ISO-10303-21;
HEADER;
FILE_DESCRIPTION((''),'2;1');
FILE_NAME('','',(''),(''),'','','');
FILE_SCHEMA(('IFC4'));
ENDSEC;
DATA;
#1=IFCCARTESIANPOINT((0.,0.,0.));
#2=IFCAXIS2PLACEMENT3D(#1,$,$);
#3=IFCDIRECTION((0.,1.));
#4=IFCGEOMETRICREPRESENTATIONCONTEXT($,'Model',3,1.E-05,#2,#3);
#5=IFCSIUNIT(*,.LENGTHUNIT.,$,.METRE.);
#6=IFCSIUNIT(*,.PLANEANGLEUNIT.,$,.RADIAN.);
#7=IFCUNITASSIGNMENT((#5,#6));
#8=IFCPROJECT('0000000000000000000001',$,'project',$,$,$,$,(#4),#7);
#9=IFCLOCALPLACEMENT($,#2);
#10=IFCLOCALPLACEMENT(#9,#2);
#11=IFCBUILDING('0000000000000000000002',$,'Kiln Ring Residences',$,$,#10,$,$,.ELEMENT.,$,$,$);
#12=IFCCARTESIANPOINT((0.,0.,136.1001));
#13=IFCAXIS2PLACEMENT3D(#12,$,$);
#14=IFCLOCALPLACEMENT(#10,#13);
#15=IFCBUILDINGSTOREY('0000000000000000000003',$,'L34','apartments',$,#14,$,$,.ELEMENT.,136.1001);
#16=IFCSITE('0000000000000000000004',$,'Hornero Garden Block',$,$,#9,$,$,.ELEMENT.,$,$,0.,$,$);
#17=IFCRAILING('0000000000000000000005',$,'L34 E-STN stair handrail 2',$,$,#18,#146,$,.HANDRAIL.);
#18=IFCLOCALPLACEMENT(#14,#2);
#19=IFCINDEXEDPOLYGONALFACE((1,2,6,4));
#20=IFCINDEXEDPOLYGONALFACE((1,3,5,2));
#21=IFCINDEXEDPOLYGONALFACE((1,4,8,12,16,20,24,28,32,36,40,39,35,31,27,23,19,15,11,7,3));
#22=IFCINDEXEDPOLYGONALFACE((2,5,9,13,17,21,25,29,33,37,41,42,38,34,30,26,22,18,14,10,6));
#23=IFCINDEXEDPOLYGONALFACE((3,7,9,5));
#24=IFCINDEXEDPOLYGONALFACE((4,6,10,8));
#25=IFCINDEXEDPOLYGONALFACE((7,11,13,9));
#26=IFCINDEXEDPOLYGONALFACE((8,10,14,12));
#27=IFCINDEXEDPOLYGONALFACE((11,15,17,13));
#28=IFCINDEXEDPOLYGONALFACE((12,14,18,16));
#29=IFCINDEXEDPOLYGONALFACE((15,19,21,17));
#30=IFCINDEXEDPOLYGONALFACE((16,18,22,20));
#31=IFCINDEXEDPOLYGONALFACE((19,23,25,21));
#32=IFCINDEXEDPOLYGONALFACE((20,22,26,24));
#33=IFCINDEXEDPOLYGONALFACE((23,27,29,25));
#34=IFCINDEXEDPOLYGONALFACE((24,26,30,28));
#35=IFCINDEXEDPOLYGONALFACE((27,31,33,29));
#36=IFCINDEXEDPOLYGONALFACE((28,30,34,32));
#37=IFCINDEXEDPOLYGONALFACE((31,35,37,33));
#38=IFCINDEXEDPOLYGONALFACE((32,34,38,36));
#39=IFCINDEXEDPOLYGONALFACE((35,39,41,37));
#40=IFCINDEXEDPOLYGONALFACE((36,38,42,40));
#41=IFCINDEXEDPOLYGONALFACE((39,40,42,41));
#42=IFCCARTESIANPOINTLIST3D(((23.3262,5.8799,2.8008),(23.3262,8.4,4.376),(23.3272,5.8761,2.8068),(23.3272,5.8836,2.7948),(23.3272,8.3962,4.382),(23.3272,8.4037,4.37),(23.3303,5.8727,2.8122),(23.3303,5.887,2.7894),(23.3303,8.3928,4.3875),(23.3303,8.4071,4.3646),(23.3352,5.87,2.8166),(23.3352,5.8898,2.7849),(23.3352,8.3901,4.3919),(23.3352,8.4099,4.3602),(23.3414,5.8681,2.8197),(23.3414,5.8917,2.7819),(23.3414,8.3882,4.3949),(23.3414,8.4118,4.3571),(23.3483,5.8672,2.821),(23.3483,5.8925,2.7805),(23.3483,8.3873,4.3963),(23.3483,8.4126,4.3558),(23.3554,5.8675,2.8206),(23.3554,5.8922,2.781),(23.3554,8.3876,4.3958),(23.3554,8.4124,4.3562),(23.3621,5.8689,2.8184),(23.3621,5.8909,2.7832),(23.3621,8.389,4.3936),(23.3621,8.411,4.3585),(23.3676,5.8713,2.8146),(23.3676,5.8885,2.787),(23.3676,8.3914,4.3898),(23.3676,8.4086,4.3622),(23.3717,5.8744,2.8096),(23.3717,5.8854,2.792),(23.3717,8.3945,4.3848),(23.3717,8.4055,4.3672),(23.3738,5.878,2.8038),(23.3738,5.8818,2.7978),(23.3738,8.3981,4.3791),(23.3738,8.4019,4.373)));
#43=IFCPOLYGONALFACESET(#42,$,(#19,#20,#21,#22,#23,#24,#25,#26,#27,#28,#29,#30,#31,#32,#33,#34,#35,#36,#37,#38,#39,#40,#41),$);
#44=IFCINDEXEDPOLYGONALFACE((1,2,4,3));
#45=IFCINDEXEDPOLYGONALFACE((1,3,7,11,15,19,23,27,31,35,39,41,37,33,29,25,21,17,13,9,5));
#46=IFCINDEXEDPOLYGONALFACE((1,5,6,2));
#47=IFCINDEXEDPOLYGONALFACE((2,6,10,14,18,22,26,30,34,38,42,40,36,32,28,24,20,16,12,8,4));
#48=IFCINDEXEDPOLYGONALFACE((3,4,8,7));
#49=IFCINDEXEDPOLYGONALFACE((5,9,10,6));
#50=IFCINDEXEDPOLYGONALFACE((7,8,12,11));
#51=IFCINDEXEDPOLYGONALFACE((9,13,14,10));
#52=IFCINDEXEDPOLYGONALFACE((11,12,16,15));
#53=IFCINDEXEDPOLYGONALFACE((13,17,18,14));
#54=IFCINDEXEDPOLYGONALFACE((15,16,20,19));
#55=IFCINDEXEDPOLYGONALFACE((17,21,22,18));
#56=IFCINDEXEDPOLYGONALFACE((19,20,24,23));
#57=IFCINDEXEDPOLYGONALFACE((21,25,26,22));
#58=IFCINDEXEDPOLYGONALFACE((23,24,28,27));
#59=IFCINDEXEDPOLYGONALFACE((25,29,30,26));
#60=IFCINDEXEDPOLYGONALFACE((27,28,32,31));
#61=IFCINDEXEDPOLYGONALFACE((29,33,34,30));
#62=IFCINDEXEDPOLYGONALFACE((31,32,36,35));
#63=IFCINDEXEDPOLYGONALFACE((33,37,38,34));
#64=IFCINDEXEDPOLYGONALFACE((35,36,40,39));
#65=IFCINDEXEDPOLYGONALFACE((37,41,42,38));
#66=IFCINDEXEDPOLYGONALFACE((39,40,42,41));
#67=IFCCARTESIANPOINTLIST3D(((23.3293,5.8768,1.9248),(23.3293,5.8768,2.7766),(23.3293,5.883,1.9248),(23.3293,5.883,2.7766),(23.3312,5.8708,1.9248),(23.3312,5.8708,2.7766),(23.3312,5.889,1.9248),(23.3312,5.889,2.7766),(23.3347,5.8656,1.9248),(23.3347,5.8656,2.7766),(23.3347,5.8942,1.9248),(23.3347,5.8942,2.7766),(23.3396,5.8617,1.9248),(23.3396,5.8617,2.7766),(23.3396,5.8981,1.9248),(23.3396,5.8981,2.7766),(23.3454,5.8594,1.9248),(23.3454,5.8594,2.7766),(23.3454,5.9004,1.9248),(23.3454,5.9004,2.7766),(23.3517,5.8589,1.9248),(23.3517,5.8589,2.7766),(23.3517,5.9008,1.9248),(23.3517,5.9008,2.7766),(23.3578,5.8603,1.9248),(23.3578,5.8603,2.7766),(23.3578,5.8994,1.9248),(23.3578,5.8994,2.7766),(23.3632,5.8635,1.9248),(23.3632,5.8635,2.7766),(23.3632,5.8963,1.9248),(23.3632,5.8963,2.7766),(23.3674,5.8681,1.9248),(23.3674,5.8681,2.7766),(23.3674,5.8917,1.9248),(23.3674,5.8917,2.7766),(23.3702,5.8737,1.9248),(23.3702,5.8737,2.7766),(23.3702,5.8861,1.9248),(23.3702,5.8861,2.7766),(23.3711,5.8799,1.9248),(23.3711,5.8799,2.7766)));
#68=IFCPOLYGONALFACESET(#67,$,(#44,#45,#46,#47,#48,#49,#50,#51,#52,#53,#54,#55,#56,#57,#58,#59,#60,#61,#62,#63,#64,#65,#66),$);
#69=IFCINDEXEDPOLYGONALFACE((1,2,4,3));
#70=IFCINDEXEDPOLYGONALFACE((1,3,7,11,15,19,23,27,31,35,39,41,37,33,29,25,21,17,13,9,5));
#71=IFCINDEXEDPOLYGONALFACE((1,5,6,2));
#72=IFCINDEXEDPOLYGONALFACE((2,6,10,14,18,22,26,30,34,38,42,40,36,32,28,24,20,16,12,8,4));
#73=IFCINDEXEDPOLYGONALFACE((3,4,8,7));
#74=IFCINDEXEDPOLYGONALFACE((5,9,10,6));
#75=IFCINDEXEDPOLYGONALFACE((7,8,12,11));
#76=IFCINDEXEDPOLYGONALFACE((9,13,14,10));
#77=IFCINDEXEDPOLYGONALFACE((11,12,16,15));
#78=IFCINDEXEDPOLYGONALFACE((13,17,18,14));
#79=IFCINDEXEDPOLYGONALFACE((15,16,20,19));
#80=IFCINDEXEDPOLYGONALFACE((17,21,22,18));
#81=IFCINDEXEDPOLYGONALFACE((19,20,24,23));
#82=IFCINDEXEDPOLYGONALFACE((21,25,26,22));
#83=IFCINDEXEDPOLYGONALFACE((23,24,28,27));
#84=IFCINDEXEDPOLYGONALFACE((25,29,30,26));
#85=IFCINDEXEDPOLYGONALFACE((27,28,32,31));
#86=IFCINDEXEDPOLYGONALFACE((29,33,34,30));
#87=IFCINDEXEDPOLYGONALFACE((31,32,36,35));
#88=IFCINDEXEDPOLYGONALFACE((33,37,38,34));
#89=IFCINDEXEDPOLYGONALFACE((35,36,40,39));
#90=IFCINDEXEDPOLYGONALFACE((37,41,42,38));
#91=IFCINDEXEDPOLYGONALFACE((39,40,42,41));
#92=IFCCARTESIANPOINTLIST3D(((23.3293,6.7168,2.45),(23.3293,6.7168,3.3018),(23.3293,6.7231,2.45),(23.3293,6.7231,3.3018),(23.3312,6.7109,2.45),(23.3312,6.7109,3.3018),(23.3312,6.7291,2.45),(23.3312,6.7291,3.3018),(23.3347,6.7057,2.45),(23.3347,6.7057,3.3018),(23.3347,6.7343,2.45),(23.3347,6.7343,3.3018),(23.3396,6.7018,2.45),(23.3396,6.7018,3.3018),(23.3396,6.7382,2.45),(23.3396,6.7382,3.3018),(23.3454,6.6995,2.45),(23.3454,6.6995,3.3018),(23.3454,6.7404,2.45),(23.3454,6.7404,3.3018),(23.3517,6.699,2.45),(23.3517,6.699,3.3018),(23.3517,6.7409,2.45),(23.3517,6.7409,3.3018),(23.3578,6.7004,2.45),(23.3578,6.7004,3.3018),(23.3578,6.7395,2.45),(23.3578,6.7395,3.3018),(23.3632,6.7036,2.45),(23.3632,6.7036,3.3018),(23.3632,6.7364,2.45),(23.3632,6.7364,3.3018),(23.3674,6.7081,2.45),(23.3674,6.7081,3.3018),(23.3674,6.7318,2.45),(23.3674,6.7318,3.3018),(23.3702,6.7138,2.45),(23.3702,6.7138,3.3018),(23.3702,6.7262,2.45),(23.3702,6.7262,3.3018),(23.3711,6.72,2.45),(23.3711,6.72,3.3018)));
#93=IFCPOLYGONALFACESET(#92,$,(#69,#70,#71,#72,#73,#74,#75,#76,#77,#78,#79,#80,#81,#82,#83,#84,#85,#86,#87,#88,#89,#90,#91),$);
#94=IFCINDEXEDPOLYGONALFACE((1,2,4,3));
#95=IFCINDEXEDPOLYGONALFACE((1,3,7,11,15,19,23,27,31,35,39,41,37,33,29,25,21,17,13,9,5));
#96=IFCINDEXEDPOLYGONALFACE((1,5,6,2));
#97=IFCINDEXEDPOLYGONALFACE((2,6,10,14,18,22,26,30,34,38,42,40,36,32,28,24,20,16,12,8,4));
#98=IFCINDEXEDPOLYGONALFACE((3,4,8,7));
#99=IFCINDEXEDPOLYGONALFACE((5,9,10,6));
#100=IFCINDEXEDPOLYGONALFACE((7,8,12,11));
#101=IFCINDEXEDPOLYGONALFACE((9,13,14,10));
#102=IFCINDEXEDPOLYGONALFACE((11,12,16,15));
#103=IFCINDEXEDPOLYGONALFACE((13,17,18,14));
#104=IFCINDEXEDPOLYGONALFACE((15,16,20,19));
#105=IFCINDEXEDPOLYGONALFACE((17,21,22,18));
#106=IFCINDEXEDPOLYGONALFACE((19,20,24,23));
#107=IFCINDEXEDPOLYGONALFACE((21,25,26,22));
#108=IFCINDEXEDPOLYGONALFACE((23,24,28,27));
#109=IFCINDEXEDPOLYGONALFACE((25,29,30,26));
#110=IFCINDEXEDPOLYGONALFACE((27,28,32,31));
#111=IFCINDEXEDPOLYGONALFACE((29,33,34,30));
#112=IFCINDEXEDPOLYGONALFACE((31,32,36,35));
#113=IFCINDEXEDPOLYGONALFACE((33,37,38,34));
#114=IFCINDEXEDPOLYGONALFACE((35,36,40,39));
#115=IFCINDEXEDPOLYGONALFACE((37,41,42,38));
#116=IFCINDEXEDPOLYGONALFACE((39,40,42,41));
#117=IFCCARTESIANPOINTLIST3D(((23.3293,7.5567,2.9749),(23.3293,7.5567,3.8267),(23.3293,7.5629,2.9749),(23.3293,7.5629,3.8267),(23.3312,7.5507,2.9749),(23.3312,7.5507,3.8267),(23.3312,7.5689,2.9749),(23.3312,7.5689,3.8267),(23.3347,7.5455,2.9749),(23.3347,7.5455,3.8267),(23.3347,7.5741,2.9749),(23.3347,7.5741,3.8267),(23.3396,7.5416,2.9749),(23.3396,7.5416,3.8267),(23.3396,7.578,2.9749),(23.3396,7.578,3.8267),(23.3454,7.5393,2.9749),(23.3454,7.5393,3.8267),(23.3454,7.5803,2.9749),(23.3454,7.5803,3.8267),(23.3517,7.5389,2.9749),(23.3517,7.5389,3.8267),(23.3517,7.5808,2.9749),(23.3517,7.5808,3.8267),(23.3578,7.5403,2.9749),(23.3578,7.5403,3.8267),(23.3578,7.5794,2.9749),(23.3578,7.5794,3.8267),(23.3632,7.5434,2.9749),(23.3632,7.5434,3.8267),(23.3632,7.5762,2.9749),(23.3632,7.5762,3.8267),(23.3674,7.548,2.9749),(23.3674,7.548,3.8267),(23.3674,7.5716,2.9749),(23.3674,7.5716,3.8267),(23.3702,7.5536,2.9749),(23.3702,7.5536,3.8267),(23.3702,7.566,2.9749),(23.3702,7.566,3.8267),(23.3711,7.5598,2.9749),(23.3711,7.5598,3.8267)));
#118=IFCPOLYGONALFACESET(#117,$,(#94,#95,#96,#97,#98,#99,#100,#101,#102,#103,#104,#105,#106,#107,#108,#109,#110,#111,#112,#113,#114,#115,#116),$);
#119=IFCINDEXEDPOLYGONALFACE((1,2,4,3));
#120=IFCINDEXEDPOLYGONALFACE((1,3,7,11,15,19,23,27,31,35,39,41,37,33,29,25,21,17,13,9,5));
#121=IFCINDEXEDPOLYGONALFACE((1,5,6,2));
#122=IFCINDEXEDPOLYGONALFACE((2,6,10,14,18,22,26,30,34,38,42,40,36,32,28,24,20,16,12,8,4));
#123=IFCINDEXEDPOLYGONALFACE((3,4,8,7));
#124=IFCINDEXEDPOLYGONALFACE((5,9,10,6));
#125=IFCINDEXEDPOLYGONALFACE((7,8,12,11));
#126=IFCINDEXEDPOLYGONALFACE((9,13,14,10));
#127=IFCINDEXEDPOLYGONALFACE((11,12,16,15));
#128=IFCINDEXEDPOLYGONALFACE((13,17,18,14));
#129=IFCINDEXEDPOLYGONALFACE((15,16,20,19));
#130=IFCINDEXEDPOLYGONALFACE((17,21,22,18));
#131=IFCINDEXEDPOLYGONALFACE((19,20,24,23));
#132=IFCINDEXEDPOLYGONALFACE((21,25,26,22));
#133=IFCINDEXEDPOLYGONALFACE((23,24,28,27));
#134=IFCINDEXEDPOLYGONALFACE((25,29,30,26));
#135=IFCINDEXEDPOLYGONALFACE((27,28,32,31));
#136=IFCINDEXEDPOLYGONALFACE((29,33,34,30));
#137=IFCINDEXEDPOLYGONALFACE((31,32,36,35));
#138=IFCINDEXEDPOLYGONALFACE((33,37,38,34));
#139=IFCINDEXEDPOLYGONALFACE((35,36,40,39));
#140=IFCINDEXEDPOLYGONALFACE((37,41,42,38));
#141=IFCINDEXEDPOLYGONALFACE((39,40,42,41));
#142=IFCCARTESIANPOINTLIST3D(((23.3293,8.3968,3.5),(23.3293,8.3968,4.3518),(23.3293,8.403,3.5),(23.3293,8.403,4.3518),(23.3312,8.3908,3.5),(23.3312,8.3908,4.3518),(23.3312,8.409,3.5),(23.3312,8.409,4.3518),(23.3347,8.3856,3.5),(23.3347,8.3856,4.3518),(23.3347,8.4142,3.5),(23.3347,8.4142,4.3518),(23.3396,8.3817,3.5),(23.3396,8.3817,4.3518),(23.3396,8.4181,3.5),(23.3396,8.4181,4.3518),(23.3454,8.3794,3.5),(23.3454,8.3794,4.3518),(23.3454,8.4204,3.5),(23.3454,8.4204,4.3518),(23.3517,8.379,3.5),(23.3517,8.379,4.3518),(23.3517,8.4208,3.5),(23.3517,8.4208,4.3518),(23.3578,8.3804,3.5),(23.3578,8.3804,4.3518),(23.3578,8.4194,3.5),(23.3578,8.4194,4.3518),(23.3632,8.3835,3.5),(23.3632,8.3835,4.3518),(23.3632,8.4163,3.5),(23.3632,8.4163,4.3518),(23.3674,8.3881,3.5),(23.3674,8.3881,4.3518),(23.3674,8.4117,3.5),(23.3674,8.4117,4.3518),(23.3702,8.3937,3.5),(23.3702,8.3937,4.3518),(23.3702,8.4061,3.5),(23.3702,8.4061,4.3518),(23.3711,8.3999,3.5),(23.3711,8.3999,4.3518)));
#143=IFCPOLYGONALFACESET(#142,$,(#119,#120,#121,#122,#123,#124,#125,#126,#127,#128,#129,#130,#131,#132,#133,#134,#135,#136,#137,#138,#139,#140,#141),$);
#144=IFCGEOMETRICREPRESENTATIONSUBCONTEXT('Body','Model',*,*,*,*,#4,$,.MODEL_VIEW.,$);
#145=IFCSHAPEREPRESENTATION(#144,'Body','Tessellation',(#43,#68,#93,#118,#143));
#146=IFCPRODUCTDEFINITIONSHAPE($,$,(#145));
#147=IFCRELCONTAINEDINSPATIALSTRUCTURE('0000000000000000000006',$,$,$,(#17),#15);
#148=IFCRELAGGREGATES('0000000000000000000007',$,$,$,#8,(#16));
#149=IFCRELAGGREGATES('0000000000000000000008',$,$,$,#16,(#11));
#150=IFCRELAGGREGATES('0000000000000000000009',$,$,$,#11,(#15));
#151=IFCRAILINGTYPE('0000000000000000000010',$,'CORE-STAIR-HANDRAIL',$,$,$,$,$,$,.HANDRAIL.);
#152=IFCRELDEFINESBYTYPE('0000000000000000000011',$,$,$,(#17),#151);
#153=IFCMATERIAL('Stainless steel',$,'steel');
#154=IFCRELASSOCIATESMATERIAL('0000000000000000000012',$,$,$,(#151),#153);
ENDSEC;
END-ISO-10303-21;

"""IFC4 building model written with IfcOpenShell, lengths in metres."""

from ifc_helpers import new_model, si_unit, direction, frame, origin, origin_2d, place, context, subcontext, project, spatial, circle, extrude, material, type_object, element, save


model = new_model("IFC4")

# Units and contexts
model_context = context("Model", 3, precision=1e-05, world=origin(), true_north=direction((0.0, 1.0)))
body_context = subcontext(model_context, "Body", "Model", "MODEL_VIEW")
ifc_project = project(units=[si_unit("LENGTHUNIT", "METRE"), si_unit("PLANEANGLEUNIT", "RADIAN")], contexts=[model_context])

# Site, building, storey
site_placement = place(None, origin())
site = spatial("IfcSite", under=ifc_project, at=site_placement, Name="Hornero Garden Block", CompositionType="ELEMENT", RefElevation=0.0)
building_placement = place(site_placement, origin())
building = spatial("IfcBuilding", under=site, at=building_placement, Name="Kiln Ring Residences", CompositionType="ELEMENT")
storey_placement = place(building_placement, frame((0.0, 0.0, 136.1001)))
storey = spatial("IfcBuildingStorey", under=building, at=storey_placement, Name="L34", Description="apartments", CompositionType="ELEMENT", Elevation=136.1001)

# Railing
ifc_material_1 = material(Name="Stainless steel", Category="steel")
railing_type_1 = type_object("IfcRailingType", Name="CORE-STAIR-HANDRAIL", PredefinedType="HANDRAIL", material=ifc_material_1)
railing_1_placement = place(storey_placement, frame((23.3501, 5.8799, 1.9248)))
element("IfcRailing", 1, at=railing_1_placement, inside=storey, type_object=railing_type_1, Name="L34 E-STN stair handrail 2", PredefinedType="HANDRAIL", context=body_context, shape_type="SweptSolid", body=[
    extrude(circle(Radius=0.0239, at=origin_2d()), frame((0.0, 0.0, 0.876), z_axis=(0.0, 0.847971, 0.530043), x_axis=(-1.0, 0.0, 0.0)), (0.0, 0.0, 1.0), 2.9719),
    extrude(circle(Radius=0.021, at=origin_2d()), origin(), (0.0, 0.0, 1.0), 0.8518),
    extrude(circle(Radius=0.021, at=origin_2d()), frame((0.0, 0.8401, 0.5251)), (0.0, 0.0, 1.0), 0.8518),
    extrude(circle(Radius=0.021, at=origin_2d()), frame((0.0, 1.6799, 1.05)), (0.0, 0.0, 1.0), 0.8518),
    extrude(circle(Radius=0.021, at=origin_2d()), frame((0.0, 2.52, 1.5752)), (0.0, 0.0, 1.0), 0.8518),
])

save(model, "model.ifc")
